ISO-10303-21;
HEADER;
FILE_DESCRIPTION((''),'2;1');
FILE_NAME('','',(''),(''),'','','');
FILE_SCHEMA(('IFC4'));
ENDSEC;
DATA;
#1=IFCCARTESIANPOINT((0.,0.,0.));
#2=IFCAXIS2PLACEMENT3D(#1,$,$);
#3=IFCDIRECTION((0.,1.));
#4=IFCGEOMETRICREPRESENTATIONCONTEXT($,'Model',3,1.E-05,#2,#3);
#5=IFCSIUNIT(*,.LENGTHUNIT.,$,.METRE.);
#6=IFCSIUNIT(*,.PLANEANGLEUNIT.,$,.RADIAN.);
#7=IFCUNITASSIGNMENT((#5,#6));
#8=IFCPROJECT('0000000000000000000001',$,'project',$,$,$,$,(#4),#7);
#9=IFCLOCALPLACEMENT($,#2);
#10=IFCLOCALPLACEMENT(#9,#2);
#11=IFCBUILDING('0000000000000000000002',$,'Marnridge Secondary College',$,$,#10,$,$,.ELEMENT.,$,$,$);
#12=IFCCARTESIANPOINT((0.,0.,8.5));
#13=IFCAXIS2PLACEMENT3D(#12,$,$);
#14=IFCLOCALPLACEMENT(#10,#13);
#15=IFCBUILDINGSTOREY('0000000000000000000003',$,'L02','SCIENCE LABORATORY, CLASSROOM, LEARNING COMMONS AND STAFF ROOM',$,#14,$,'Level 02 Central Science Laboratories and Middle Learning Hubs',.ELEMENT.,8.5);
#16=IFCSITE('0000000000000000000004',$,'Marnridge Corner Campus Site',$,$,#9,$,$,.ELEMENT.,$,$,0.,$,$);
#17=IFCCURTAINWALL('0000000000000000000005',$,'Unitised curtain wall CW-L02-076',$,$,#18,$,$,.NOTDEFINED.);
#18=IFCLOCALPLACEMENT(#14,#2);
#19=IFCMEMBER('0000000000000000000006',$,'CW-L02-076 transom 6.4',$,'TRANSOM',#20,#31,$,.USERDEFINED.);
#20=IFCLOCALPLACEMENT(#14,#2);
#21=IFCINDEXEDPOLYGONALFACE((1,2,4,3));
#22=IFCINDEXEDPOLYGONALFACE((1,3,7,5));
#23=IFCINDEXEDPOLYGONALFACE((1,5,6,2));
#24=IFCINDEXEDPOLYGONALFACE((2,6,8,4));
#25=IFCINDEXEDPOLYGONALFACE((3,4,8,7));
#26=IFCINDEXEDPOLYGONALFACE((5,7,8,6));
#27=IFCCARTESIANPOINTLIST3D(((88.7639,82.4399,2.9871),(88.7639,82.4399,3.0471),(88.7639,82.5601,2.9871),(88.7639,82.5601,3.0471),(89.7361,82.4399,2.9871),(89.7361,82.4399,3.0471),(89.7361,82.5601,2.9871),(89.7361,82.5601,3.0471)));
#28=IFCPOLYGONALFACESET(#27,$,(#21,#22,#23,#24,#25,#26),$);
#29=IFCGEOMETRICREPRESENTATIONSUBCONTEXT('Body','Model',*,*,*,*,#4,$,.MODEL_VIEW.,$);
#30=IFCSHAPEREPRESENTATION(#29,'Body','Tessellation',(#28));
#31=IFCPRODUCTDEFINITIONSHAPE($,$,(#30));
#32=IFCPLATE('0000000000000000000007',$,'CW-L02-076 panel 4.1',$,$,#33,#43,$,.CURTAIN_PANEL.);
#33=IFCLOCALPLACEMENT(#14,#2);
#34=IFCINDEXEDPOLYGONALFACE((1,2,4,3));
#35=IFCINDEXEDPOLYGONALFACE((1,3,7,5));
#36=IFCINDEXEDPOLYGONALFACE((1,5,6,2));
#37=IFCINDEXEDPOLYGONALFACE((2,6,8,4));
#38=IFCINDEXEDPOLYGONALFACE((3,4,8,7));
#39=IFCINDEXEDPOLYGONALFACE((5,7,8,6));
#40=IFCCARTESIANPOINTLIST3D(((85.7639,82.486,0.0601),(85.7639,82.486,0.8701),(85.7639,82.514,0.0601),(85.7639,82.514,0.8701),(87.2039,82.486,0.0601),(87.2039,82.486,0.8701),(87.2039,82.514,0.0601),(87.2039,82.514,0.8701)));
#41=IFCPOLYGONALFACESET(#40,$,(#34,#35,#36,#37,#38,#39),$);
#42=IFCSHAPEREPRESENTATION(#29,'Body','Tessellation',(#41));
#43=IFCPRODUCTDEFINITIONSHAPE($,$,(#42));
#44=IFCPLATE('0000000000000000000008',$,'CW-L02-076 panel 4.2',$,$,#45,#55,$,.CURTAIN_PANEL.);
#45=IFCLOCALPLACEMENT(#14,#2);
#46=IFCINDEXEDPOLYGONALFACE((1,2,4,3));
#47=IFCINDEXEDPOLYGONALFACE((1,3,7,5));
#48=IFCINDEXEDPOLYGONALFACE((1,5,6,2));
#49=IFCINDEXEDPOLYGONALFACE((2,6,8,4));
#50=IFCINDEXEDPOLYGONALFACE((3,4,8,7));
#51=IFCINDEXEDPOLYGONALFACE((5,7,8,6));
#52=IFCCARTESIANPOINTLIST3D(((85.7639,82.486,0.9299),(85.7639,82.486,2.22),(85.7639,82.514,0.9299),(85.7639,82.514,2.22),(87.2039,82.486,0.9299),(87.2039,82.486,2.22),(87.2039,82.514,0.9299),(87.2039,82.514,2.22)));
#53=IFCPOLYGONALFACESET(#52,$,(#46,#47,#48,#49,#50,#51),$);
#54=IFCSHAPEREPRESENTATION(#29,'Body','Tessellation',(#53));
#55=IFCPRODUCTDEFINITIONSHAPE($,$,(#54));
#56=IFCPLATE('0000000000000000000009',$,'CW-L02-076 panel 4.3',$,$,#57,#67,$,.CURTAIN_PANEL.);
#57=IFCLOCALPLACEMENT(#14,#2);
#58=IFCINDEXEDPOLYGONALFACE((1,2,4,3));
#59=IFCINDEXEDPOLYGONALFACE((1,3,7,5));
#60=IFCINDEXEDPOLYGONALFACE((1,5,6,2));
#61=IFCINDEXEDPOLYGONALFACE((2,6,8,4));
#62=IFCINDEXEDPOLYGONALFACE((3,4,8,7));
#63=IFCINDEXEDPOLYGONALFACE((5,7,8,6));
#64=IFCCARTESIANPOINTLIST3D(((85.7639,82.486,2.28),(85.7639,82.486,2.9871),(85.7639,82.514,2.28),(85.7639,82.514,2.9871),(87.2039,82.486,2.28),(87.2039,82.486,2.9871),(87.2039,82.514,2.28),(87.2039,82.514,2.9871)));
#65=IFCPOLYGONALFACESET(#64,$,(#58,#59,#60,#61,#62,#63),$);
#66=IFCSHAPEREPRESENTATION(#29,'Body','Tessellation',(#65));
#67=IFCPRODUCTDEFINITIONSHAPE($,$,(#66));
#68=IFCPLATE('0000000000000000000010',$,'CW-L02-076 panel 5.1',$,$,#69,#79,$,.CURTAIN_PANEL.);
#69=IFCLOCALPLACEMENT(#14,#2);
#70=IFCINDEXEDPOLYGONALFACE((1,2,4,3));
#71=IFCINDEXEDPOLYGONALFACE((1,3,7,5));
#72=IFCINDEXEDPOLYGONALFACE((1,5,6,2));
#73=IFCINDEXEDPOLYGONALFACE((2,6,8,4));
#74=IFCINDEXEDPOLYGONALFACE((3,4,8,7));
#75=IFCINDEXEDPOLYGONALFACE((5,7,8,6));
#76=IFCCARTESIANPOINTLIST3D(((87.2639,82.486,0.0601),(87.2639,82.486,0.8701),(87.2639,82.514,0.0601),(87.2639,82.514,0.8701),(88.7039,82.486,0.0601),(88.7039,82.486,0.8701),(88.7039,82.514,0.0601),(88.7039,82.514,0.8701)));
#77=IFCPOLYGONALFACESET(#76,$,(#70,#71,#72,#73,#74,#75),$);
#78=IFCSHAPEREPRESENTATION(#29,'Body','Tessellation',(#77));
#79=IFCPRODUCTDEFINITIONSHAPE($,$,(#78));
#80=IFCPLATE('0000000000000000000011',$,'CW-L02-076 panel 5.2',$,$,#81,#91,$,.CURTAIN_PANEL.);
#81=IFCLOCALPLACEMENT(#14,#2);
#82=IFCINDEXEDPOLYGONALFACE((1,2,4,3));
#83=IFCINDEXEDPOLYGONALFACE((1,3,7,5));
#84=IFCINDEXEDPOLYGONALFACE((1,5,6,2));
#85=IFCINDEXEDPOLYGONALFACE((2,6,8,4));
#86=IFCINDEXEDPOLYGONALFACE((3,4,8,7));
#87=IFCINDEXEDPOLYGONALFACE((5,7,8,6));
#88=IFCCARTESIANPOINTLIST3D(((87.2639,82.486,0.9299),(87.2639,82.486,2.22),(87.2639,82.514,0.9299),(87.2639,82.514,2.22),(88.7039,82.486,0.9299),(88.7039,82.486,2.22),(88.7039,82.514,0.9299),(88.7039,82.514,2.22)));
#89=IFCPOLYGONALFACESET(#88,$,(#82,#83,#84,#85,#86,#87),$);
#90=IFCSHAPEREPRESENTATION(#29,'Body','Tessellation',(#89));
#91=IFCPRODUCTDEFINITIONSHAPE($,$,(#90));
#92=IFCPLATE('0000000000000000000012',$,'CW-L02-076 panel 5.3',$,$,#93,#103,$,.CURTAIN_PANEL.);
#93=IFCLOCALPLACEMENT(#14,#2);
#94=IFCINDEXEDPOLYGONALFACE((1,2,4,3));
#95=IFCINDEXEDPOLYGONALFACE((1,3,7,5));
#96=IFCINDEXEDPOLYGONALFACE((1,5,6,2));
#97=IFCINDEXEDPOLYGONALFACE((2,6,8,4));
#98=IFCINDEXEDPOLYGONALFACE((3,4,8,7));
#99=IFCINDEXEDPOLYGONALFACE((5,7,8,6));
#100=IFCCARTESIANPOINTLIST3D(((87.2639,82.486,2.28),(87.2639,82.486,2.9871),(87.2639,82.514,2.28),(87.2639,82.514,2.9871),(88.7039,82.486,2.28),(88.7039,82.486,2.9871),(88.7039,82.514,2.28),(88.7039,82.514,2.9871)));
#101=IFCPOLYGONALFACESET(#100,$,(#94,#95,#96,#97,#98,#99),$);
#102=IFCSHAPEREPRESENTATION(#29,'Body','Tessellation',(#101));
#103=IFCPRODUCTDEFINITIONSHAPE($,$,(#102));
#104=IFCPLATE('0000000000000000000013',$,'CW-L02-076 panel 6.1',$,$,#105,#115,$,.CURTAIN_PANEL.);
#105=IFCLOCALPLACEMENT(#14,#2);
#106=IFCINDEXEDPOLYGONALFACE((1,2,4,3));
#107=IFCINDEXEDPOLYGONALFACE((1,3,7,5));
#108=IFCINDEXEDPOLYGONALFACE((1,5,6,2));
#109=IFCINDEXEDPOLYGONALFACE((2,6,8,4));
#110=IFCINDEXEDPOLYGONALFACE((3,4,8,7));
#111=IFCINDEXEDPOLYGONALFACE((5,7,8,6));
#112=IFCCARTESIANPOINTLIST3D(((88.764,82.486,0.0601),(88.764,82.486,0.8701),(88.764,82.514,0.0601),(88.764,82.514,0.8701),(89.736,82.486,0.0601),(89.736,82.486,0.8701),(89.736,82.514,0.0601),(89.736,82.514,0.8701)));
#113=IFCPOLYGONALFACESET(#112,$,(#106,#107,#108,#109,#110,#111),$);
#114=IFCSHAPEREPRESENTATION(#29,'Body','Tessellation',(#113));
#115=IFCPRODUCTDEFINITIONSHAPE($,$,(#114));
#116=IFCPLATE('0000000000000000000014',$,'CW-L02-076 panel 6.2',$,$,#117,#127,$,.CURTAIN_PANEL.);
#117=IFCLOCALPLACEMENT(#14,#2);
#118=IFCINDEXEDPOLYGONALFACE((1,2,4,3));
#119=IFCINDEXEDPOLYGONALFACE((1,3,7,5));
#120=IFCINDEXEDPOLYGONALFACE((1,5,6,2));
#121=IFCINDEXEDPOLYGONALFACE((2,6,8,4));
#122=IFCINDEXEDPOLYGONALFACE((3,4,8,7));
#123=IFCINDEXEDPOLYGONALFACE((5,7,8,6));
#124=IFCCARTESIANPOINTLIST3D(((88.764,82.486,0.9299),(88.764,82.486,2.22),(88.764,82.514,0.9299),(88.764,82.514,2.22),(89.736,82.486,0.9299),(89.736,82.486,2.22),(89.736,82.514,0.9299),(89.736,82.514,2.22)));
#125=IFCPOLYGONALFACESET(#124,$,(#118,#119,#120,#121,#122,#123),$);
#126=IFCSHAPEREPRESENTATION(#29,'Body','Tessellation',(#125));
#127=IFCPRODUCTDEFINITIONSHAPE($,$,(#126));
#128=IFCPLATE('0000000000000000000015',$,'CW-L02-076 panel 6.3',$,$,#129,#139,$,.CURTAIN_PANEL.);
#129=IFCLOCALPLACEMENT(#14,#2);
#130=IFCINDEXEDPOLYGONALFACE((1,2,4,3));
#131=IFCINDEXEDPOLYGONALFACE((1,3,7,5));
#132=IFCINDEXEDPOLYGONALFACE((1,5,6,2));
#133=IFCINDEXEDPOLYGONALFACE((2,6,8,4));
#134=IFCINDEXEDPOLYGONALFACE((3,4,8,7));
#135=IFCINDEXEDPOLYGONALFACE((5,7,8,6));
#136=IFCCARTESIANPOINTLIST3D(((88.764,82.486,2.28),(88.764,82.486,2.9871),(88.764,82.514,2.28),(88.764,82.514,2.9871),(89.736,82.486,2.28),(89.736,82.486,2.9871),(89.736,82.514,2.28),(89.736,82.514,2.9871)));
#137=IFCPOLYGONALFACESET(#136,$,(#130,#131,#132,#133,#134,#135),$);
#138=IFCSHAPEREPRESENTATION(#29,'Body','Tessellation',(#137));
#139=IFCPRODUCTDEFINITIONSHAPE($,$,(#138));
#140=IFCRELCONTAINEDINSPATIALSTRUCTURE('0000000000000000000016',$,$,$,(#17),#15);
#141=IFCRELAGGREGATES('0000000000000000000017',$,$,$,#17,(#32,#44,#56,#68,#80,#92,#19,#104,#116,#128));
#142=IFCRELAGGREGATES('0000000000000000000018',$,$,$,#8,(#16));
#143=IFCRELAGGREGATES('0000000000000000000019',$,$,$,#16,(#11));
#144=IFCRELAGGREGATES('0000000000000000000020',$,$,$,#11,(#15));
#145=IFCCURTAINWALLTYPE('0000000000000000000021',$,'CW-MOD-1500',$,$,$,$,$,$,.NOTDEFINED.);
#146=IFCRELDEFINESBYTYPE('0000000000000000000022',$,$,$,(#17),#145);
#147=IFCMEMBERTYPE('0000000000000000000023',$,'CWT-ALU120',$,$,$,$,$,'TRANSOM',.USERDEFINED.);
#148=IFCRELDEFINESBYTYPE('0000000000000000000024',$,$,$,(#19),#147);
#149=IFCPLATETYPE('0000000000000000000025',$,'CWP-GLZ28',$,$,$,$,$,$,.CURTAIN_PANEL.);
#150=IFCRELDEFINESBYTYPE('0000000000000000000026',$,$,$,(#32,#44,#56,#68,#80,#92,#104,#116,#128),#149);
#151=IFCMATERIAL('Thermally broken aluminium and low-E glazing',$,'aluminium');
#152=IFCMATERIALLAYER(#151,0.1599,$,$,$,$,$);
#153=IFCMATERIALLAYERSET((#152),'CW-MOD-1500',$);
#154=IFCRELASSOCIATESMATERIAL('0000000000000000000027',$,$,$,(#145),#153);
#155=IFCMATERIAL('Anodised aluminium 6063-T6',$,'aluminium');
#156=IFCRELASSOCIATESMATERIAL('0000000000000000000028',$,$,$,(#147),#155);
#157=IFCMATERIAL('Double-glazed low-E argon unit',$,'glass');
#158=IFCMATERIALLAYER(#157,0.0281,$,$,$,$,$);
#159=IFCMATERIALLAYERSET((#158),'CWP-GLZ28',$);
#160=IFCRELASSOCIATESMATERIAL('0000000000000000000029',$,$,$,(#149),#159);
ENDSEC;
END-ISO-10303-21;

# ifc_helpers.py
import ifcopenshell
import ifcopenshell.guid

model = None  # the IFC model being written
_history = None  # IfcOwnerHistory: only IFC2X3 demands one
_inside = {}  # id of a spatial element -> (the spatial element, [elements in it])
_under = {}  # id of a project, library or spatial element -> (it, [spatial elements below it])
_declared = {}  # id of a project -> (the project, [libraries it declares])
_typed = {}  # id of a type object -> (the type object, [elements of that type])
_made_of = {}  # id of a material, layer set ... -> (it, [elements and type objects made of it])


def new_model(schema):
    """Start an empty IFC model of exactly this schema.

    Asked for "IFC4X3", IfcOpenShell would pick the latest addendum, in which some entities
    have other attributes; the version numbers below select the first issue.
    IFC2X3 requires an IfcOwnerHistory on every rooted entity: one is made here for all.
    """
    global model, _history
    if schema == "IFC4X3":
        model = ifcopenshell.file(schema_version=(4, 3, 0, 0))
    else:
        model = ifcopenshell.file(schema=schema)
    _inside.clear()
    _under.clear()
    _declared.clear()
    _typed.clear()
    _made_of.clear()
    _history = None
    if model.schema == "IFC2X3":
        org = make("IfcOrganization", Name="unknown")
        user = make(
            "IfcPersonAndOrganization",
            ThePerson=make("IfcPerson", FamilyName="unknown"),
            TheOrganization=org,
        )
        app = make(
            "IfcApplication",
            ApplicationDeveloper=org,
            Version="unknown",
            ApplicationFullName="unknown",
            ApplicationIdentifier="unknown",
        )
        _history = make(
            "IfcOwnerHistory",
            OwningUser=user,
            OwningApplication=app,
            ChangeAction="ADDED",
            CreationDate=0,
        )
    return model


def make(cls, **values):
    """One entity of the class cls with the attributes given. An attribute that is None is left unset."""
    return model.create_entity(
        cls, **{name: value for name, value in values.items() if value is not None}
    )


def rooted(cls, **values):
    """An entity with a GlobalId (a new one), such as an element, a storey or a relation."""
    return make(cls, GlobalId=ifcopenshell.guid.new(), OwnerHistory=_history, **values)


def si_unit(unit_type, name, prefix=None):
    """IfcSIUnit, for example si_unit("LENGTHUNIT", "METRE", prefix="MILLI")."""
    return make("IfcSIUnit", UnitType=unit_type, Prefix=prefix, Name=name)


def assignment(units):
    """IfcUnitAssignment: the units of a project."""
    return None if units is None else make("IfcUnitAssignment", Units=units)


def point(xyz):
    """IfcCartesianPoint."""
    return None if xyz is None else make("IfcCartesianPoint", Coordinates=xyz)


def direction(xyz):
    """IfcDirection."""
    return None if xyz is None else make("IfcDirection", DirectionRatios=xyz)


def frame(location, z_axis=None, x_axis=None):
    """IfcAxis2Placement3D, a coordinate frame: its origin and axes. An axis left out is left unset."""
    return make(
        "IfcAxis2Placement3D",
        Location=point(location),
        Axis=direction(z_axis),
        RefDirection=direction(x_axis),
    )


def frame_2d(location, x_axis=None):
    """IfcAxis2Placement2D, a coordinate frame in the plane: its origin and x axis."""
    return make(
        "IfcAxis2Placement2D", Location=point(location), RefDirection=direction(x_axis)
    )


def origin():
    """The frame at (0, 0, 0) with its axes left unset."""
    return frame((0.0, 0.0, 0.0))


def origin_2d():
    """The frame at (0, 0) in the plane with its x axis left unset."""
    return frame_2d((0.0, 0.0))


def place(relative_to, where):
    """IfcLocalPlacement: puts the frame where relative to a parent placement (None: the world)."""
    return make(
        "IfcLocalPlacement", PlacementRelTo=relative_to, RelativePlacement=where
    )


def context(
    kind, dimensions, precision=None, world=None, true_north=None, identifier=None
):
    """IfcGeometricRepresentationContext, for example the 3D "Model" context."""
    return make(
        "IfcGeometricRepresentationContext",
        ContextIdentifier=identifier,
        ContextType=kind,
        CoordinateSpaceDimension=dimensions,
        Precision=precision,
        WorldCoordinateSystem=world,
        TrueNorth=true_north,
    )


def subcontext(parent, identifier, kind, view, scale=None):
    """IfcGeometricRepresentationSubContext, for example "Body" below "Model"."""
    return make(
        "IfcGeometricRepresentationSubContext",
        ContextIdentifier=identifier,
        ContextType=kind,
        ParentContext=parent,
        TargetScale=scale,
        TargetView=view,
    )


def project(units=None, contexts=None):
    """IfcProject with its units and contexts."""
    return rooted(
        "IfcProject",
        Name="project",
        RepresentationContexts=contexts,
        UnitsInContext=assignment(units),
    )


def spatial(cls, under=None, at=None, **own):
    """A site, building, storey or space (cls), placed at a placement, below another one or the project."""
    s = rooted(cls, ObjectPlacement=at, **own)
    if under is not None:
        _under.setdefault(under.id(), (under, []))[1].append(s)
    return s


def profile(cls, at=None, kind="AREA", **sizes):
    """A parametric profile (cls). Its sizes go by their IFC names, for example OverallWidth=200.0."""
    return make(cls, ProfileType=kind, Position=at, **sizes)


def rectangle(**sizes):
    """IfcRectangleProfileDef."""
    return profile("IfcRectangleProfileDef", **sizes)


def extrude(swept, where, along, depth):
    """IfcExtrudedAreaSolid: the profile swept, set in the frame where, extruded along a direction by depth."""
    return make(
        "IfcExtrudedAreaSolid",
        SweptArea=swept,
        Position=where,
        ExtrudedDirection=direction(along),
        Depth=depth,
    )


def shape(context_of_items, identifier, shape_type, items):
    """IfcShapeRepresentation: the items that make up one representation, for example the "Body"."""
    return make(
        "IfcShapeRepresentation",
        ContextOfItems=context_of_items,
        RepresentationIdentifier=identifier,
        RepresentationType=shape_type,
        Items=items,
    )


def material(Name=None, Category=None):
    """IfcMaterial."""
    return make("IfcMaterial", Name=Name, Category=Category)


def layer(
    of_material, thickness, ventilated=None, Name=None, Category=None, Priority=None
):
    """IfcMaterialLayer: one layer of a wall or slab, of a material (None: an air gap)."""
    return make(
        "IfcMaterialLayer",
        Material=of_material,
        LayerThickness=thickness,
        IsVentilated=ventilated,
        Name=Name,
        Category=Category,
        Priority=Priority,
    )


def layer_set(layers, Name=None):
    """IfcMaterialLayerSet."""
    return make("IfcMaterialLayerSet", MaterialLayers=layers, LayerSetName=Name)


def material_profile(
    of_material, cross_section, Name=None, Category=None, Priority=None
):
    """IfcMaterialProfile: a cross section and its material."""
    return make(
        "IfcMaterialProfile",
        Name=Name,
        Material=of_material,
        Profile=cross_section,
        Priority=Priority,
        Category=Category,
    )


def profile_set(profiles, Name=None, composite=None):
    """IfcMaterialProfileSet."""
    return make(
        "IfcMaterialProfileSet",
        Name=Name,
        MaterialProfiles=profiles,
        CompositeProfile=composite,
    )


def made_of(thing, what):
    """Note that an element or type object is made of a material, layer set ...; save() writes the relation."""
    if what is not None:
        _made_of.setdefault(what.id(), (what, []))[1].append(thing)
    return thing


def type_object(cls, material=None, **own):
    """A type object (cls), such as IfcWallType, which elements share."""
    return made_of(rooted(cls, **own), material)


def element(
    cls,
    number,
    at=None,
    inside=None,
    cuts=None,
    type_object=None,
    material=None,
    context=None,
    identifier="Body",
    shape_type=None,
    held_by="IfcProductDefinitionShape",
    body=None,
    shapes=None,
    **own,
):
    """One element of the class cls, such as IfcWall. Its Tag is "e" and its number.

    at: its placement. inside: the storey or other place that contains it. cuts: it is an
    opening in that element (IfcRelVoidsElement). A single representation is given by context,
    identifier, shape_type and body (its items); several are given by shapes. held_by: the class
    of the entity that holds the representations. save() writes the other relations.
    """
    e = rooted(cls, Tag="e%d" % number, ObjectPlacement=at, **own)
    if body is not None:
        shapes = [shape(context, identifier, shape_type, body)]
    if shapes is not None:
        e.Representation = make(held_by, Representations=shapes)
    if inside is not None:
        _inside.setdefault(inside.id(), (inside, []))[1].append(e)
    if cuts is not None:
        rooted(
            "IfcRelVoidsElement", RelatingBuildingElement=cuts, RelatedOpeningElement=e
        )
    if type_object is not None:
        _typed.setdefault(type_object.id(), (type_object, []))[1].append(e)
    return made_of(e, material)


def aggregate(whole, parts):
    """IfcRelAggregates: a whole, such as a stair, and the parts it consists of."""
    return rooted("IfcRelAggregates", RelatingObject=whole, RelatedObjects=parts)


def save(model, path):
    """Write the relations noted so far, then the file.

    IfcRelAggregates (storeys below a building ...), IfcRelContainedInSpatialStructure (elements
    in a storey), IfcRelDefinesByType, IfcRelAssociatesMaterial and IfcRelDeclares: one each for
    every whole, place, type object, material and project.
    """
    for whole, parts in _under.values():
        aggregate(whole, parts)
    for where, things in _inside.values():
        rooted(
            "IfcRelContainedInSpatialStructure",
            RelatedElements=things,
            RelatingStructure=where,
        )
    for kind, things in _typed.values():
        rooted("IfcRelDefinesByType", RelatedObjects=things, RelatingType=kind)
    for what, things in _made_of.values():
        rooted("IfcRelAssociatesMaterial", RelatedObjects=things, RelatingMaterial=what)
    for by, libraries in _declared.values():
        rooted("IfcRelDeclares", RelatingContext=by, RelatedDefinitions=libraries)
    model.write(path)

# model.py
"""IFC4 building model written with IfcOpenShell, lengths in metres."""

from ifc_helpers import new_model, si_unit, direction, frame, origin, origin_2d, place, context, subcontext, project, spatial, rectangle, extrude, material, layer, layer_set, material_profile, profile_set, type_object, element, aggregate, save


model = new_model("IFC4")

# Units and contexts
model_context = context("Model", 3, precision=1e-05, world=origin(), true_north=direction((0.0, 1.0)))
body_context = subcontext(model_context, "Body", "Model", "MODEL_VIEW")
ifc_project = project(units=[si_unit("LENGTHUNIT", "METRE"), si_unit("PLANEANGLEUNIT", "RADIAN")], contexts=[model_context])

# Site, building, storey
site_placement = place(None, origin())
site = spatial("IfcSite", under=ifc_project, at=site_placement, Name="Marnridge Corner Campus Site", CompositionType="ELEMENT", RefElevation=0.0)
building_placement = place(site_placement, origin())
building = spatial("IfcBuilding", under=site, at=building_placement, Name="Marnridge Secondary College", CompositionType="ELEMENT")
storey_placement = place(building_placement, frame((0.0, 0.0, 8.5)))
storey = spatial("IfcBuildingStorey", under=building, at=storey_placement, Name="L02", Description="SCIENCE LABORATORY, CLASSROOM, LEARNING COMMONS AND STAFF ROOM", LongName="Level 02 Central Science Laboratories and Middle Learning Hubs", CompositionType="ELEMENT", Elevation=8.5)

# Curtain wall, member, plates
ifc_material_1 = material(Name="Thermally broken aluminium and low-E glazing", Category="aluminium")
ifc_layer_1 = layer(ifc_material_1, 0.1599)
ifc_layer_set_1 = layer_set([ifc_layer_1], Name="CW-MOD-1500")
curtain_wall_type = type_object("IfcCurtainWallType", Name="CW-MOD-1500", PredefinedType="NOTDEFINED", material=ifc_layer_set_1)
curtain_wall_placement = place(storey_placement, origin())
curtain_wall = element("IfcCurtainWall", 1, at=curtain_wall_placement, inside=storey, type_object=curtain_wall_type, Name="Unitised curtain wall CW-L02-076", PredefinedType="NOTDEFINED")
ifc_material_2 = material(Name="Anodised aluminium 6063-T6", Category="aluminium")
ifc_material_profile_1 = material_profile(ifc_material_2, rectangle(XDim=0.0601, YDim=0.1201, at=origin_2d()), Name="ALU 60x120")
ifc_profile_set_1 = profile_set([ifc_material_profile_1], Name="Anodised aluminium 6063-T6")
member_type_1 = type_object("IfcMemberType", Name="CWT-ALU120", ElementType="TRANSOM", PredefinedType="USERDEFINED", material=ifc_profile_set_1)
member_1_placement = place(storey_placement, frame((88.7639, 82.5, 3.0171), z_axis=(1.0, 0.0, 0.0), x_axis=(0.0, 0.0, 1.0)))
member_1 = element("IfcMember", 2, at=member_1_placement, type_object=member_type_1, Name="CW-L02-076 transom 6.4", ObjectType="TRANSOM", PredefinedType="USERDEFINED", context=body_context, shape_type="SweptSolid", body=[
    extrude(rectangle(XDim=0.0601, YDim=0.1201, at=origin_2d()), origin(), (0.0, 0.0, 1.0), 0.9722),
])
ifc_material_3 = material(Name="Double-glazed low-E argon unit", Category="glass")
ifc_layer_2 = layer(ifc_material_3, 0.0281)
ifc_layer_set_2 = layer_set([ifc_layer_2], Name="CWP-GLZ28")
plate_type = type_object("IfcPlateType", Name="CWP-GLZ28", PredefinedType="CURTAIN_PANEL", material=ifc_layer_set_2)
plate_1_placement = place(storey_placement, frame((86.4839, 82.5, 0.0601), z_axis=(0.0, 0.0, 1.0), x_axis=(1.0, 0.0, 0.0)))
plate_1 = element("IfcPlate", 3, at=plate_1_placement, type_object=plate_type, Name="CW-L02-076 panel 4.1", PredefinedType="CURTAIN_PANEL", context=body_context, shape_type="SweptSolid", body=[
    extrude(rectangle(XDim=1.4399, YDim=0.0281, at=origin_2d()), origin(), (0.0, 0.0, 1.0), 0.8101),
])
plate_2_placement = place(storey_placement, frame((86.4839, 82.5, 0.9299), z_axis=(0.0, 0.0, 1.0), x_axis=(1.0, 0.0, 0.0)))
plate_2 = element("IfcPlate", 4, at=plate_2_placement, type_object=plate_type, Name="CW-L02-076 panel 4.2", PredefinedType="CURTAIN_PANEL", context=body_context, shape_type="SweptSolid", body=[
    extrude(rectangle(XDim=1.4399, YDim=0.0281, at=origin_2d()), origin(), (0.0, 0.0, 1.0), 1.29),
])
plate_3_placement = place(storey_placement, frame((86.4839, 82.5, 2.28), z_axis=(0.0, 0.0, 1.0), x_axis=(1.0, 0.0, 0.0)))
plate_3 = element("IfcPlate", 5, at=plate_3_placement, type_object=plate_type, Name="CW-L02-076 panel 4.3", PredefinedType="CURTAIN_PANEL", context=body_context, shape_type="SweptSolid", body=[
    extrude(rectangle(XDim=1.4399, YDim=0.0281, at=origin_2d()), origin(), (0.0, 0.0, 1.0), 0.707),
])
plate_4_placement = place(storey_placement, frame((87.9839, 82.5, 0.0601), z_axis=(0.0, 0.0, 1.0), x_axis=(1.0, 0.0, 0.0)))
plate_4 = element("IfcPlate", 6, at=plate_4_placement, type_object=plate_type, Name="CW-L02-076 panel 5.1", PredefinedType="CURTAIN_PANEL", context=body_context, shape_type="SweptSolid", body=[
    extrude(rectangle(XDim=1.4399, YDim=0.0281, at=origin_2d()), origin(), (0.0, 0.0, 1.0), 0.8101),
])
plate_5_placement = place(storey_placement, frame((87.9839, 82.5, 0.9299), z_axis=(0.0, 0.0, 1.0), x_axis=(1.0, 0.0, 0.0)))
plate_5 = element("IfcPlate", 7, at=plate_5_placement, type_object=plate_type, Name="CW-L02-076 panel 5.2", PredefinedType="CURTAIN_PANEL", context=body_context, shape_type="SweptSolid", body=[
    extrude(rectangle(XDim=1.4399, YDim=0.0281, at=origin_2d()), origin(), (0.0, 0.0, 1.0), 1.29),
])
plate_6_placement = place(storey_placement, frame((87.9839, 82.5, 2.28), z_axis=(0.0, 0.0, 1.0), x_axis=(1.0, 0.0, 0.0)))
plate_6 = element("IfcPlate", 8, at=plate_6_placement, type_object=plate_type, Name="CW-L02-076 panel 5.3", PredefinedType="CURTAIN_PANEL", context=body_context, shape_type="SweptSolid", body=[
    extrude(rectangle(XDim=1.4399, YDim=0.0281, at=origin_2d()), origin(), (0.0, 0.0, 1.0), 0.707),
])
plate_7_placement = place(storey_placement, frame((89.25, 82.5, 0.0601), z_axis=(0.0, 0.0, 1.0), x_axis=(1.0, 0.0, 0.0)))
plate_7 = element("IfcPlate", 9, at=plate_7_placement, type_object=plate_type, Name="CW-L02-076 panel 6.1", PredefinedType="CURTAIN_PANEL", context=body_context, shape_type="SweptSolid", body=[
    extrude(rectangle(XDim=0.9719, YDim=0.0281, at=origin_2d()), origin(), (0.0, 0.0, 1.0), 0.8101),
])
plate_8_placement = place(storey_placement, frame((89.25, 82.5, 0.9299), z_axis=(0.0, 0.0, 1.0), x_axis=(1.0, 0.0, 0.0)))
plate_8 = element("IfcPlate", 10, at=plate_8_placement, type_object=plate_type, Name="CW-L02-076 panel 6.2", PredefinedType="CURTAIN_PANEL", context=body_context, shape_type="SweptSolid", body=[
    extrude(rectangle(XDim=0.9719, YDim=0.0281, at=origin_2d()), origin(), (0.0, 0.0, 1.0), 1.29),
])
plate_9_placement = place(storey_placement, frame((89.25, 82.5, 2.28), z_axis=(0.0, 0.0, 1.0), x_axis=(1.0, 0.0, 0.0)))
plate_9 = element("IfcPlate", 11, at=plate_9_placement, type_object=plate_type, Name="CW-L02-076 panel 6.3", PredefinedType="CURTAIN_PANEL", context=body_context, shape_type="SweptSolid", body=[
    extrude(rectangle(XDim=0.9719, YDim=0.0281, at=origin_2d()), origin(), (0.0, 0.0, 1.0), 0.707),
])
aggregate(curtain_wall, [plate_1, plate_2, plate_3, plate_4, plate_5, plate_6, member_1, plate_7, plate_8, plate_9])

save(model, "model.ifc")
